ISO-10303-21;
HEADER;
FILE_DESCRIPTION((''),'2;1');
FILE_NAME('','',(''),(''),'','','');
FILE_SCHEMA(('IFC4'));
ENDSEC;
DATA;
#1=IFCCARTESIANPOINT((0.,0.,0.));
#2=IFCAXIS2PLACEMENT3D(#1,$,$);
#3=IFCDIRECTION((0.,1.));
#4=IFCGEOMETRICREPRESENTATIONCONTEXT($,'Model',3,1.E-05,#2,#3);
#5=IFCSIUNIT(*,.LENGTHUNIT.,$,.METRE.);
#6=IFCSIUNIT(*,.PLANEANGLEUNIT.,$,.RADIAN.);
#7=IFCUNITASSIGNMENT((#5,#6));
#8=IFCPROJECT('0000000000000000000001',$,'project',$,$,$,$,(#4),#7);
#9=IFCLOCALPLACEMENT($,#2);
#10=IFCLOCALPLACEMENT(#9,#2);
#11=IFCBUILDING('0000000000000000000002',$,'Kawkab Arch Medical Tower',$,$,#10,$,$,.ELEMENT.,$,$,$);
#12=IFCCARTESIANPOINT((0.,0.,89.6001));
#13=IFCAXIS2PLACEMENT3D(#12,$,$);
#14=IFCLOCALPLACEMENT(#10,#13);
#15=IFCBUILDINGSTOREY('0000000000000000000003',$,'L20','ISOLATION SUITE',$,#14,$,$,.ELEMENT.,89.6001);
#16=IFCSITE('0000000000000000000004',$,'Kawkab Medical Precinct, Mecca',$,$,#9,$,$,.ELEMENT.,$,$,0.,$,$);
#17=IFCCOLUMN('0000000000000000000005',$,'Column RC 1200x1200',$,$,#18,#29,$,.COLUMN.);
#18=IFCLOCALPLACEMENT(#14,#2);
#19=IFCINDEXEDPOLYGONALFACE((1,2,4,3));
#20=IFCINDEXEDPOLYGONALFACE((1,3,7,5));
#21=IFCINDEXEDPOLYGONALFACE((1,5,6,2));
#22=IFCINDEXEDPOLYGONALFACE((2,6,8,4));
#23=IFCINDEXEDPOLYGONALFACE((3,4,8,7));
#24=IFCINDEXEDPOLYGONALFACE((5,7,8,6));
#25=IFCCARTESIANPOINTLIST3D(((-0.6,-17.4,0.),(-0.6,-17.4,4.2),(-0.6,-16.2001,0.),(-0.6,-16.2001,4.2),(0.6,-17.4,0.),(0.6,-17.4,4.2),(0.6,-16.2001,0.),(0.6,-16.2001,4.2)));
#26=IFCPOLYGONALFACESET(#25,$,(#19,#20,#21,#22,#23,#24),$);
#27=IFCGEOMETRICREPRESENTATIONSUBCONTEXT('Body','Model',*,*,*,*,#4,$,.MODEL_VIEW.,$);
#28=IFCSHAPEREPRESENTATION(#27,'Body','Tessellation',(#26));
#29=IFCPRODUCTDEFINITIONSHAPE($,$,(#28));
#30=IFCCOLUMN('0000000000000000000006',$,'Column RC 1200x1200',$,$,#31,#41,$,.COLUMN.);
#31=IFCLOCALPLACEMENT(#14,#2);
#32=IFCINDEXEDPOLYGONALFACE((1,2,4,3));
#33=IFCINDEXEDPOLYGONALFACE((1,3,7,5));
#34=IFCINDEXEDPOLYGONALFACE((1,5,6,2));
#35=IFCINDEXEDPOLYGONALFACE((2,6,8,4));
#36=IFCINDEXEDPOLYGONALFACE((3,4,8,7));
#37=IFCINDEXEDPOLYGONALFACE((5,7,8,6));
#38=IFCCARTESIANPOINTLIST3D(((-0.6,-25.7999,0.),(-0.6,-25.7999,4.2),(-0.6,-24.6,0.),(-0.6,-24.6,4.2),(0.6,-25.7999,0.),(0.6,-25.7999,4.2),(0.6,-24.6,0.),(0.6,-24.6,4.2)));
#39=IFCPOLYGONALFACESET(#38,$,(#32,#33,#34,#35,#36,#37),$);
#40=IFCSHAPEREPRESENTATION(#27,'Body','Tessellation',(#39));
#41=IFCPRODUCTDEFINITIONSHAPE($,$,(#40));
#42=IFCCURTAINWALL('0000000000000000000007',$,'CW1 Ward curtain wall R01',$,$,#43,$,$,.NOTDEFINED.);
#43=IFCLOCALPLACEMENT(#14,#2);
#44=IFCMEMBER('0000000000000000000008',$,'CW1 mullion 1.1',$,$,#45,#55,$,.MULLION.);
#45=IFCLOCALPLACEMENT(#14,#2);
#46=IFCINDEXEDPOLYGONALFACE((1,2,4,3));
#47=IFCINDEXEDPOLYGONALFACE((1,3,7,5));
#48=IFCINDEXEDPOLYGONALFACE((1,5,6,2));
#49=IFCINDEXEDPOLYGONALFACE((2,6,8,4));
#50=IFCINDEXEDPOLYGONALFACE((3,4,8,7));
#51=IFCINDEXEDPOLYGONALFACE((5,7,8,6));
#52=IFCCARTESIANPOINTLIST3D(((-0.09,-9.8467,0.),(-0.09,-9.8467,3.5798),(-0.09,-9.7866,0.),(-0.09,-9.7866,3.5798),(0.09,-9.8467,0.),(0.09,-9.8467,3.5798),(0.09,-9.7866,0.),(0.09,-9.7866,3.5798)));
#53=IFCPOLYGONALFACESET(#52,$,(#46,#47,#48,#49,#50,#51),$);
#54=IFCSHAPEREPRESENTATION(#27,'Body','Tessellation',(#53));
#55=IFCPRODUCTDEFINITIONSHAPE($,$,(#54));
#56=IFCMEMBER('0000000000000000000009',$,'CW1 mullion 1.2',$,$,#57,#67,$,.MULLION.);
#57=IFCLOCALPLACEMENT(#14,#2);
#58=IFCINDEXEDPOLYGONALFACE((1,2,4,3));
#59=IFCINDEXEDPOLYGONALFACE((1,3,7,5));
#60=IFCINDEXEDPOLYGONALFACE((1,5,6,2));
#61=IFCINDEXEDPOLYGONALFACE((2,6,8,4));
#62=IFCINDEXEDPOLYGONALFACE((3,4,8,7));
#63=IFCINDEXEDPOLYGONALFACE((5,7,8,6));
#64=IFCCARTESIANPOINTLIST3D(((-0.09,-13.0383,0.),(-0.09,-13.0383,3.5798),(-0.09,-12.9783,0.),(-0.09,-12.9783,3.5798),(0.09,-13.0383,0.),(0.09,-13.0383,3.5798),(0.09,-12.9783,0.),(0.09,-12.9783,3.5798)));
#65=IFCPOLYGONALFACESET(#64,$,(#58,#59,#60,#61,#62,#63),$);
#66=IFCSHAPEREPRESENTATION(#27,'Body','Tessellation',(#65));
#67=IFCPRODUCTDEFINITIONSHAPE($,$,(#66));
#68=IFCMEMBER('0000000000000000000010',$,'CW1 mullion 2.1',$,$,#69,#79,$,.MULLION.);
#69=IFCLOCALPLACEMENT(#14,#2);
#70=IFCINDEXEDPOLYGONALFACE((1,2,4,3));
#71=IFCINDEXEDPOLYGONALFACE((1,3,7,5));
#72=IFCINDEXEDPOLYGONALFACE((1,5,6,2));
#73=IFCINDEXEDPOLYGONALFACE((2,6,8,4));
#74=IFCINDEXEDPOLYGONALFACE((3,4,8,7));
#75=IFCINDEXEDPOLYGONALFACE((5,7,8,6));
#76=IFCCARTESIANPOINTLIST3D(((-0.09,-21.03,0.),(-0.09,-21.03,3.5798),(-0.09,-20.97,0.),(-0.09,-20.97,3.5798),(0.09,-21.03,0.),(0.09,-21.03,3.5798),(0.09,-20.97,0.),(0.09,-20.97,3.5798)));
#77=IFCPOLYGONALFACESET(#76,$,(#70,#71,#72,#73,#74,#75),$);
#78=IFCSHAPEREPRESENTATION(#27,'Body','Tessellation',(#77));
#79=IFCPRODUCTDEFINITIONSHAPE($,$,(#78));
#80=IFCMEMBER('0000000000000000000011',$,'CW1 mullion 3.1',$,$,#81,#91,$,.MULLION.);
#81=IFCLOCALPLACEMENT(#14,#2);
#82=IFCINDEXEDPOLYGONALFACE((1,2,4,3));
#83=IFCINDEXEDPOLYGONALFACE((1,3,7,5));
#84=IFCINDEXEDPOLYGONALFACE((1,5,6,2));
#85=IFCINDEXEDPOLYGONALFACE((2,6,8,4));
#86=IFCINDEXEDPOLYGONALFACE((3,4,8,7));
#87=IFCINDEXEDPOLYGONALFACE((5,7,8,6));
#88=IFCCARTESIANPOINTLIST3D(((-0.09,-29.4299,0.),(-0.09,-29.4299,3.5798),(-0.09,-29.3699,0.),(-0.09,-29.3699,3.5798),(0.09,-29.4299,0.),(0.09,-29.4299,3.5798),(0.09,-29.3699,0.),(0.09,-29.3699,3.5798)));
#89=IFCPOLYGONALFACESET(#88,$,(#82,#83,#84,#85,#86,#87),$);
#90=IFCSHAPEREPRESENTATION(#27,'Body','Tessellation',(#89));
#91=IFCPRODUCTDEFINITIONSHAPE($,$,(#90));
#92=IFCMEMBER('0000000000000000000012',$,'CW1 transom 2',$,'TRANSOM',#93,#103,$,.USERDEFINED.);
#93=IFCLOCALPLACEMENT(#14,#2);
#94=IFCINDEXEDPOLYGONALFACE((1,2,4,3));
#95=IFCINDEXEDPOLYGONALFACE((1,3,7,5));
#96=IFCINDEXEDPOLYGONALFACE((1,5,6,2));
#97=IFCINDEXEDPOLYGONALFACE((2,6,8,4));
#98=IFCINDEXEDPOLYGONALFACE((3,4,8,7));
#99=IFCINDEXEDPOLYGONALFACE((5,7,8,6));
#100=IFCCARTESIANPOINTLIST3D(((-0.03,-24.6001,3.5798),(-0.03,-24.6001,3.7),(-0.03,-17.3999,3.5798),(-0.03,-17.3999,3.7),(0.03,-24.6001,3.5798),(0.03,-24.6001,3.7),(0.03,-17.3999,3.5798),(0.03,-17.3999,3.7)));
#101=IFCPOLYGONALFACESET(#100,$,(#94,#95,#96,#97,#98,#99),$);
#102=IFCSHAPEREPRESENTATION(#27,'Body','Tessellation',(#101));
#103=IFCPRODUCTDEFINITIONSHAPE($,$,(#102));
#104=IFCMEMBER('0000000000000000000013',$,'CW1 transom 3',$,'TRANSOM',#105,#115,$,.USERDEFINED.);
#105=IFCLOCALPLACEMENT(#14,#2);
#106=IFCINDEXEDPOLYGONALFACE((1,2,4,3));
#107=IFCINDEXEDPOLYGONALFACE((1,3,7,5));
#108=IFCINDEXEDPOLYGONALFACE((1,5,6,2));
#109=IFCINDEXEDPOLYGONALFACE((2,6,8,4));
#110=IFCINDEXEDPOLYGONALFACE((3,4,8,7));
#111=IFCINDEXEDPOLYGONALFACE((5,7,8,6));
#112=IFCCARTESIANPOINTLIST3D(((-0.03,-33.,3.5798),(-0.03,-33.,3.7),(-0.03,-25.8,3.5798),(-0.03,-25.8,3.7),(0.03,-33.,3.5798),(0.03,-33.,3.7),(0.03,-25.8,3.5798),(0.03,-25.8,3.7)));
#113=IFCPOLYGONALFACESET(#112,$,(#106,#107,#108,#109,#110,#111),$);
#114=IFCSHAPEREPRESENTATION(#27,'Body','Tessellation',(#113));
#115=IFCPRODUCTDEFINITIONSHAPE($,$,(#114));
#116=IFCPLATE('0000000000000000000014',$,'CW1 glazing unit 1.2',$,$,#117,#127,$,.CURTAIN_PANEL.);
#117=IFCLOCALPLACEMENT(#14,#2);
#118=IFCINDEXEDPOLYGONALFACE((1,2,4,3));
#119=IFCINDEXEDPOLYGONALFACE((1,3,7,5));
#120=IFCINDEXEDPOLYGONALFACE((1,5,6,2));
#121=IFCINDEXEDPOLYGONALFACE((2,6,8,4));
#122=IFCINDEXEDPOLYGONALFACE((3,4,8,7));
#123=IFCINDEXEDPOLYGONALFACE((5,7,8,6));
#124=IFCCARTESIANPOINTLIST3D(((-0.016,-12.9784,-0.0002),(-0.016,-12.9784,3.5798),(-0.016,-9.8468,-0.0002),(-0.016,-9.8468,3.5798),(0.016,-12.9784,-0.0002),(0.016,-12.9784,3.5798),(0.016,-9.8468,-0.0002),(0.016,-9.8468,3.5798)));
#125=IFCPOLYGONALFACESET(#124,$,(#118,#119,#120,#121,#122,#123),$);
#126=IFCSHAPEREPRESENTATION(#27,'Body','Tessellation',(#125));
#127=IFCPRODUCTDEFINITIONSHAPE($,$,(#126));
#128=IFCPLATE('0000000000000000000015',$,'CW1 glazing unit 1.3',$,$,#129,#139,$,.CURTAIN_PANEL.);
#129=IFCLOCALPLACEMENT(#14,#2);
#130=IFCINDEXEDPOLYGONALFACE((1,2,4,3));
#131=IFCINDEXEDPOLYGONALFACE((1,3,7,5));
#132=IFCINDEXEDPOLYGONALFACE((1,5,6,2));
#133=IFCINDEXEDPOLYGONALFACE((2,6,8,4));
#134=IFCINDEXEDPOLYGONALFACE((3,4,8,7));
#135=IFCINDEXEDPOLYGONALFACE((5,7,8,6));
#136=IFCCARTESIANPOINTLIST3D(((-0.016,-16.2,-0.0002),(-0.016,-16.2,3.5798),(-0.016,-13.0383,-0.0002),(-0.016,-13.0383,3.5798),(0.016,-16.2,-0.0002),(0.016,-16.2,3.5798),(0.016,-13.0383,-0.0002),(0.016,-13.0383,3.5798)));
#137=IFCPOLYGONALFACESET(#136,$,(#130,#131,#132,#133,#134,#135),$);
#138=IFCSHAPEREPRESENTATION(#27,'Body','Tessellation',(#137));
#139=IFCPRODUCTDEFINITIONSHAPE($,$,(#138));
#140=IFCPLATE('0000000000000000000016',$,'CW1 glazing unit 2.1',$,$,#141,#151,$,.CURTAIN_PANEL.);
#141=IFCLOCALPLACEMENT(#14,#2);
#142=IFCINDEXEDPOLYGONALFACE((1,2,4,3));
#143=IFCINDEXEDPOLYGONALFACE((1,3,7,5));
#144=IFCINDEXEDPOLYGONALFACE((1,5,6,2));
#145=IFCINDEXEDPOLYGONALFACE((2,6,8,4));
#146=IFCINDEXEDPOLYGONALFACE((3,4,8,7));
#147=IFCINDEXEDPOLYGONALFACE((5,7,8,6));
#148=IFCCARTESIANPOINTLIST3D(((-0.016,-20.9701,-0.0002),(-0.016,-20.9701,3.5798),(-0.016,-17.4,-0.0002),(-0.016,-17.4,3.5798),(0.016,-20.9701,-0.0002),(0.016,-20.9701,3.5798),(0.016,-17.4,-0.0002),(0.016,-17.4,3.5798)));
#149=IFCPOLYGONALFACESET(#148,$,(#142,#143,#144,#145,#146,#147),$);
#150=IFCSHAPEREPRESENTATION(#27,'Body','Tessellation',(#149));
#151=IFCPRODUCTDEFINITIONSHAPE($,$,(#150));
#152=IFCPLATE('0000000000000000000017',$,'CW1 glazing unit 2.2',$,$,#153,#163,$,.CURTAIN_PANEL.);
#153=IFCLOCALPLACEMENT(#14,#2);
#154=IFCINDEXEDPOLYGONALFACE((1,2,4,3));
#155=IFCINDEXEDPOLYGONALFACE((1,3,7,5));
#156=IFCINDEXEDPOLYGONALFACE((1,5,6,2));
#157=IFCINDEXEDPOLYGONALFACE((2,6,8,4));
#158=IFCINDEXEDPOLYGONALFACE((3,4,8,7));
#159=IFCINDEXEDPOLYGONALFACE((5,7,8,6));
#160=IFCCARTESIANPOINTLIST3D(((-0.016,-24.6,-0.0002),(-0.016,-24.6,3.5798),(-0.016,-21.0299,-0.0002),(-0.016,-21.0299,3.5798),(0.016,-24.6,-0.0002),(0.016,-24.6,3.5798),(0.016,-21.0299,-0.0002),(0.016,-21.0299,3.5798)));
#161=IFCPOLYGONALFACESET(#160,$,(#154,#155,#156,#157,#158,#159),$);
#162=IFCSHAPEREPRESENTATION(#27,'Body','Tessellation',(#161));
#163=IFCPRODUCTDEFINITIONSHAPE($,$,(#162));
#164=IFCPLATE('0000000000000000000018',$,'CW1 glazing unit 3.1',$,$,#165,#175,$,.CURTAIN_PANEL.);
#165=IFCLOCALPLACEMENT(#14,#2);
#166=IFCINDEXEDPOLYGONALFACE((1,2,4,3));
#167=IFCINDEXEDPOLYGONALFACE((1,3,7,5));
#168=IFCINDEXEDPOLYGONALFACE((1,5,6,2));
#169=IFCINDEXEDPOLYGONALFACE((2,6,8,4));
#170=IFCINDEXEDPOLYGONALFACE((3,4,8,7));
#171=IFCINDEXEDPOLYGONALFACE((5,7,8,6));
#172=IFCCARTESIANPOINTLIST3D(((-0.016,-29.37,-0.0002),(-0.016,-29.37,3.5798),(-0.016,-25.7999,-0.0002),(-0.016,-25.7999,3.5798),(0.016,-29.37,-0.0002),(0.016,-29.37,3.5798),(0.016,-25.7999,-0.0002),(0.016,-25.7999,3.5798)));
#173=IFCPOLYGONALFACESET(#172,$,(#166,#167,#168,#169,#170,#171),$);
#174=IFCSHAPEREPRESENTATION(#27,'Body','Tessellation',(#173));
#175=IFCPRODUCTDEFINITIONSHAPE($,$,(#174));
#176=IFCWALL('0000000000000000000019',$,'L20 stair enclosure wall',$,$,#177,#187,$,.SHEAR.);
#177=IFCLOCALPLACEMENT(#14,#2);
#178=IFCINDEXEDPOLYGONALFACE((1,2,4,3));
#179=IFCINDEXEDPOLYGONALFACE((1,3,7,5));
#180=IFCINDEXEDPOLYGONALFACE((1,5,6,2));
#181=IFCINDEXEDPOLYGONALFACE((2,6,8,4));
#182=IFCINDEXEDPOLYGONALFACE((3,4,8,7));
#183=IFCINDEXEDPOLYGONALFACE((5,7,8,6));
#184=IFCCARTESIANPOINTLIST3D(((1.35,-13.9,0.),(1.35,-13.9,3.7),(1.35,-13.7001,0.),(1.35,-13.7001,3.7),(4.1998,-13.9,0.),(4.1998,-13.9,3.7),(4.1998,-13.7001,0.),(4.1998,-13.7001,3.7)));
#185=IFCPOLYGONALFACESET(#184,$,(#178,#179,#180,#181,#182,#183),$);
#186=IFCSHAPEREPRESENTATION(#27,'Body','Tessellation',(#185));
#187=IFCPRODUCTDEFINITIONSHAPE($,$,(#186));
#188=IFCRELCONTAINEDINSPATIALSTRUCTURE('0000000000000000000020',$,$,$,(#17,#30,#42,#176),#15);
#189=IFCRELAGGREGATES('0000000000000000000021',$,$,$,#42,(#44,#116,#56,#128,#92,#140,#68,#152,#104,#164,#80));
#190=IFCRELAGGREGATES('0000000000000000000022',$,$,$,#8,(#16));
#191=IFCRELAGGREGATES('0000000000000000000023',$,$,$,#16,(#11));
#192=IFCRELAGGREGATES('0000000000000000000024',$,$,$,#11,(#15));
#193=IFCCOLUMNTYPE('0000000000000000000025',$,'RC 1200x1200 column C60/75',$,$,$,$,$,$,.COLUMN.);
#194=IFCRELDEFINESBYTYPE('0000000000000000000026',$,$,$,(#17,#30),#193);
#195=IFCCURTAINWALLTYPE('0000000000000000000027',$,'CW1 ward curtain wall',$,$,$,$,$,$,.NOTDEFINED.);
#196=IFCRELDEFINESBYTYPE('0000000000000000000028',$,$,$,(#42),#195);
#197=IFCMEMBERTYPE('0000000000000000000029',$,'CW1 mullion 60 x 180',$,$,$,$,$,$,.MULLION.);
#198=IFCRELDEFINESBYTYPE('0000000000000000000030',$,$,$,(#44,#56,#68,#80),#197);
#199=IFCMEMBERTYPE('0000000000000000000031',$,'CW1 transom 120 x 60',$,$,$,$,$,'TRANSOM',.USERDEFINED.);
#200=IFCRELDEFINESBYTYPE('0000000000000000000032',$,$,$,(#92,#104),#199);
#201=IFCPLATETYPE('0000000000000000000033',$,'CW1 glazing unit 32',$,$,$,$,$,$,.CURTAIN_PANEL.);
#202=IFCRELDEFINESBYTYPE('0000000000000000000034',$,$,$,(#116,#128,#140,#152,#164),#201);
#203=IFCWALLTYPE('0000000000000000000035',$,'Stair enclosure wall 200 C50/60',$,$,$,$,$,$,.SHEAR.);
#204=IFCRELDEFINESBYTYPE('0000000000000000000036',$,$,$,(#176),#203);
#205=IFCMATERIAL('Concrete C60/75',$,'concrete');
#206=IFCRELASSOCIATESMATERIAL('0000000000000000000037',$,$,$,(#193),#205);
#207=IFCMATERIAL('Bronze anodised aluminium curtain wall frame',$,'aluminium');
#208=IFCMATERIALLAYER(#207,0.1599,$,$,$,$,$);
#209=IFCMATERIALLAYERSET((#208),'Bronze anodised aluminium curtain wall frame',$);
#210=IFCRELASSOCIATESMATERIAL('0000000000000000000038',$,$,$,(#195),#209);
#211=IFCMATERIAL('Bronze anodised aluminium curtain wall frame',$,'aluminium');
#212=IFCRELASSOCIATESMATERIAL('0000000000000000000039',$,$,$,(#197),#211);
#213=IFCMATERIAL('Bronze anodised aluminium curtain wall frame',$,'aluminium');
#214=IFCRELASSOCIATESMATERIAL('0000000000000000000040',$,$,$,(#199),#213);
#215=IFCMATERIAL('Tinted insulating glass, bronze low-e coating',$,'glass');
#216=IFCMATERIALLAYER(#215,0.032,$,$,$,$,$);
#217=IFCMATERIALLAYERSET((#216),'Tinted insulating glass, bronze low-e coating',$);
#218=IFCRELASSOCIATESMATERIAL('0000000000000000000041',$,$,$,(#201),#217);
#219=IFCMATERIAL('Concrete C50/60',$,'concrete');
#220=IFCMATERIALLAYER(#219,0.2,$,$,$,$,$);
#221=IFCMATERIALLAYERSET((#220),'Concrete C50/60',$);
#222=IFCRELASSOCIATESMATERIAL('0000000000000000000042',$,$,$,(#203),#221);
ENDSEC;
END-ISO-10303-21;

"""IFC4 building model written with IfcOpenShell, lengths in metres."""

from ifc_helpers import new_model, si_unit, direction, frame, frame_2d, origin, origin_2d, place, context, subcontext, project, spatial, rectangle, extrude, material, layer, layer_set, material_profile, profile_set, type_object, element, aggregate, save


model = new_model("IFC4")

# Units and contexts
model_context = context("Model", 3, precision=1e-05, world=origin(), true_north=direction((0.0, 1.0)))
body_context = subcontext(model_context, "Body", "Model", "MODEL_VIEW")
ifc_project = project(units=[si_unit("LENGTHUNIT", "METRE"), si_unit("PLANEANGLEUNIT", "RADIAN")], contexts=[model_context])

# Site, building, storey
site_placement = place(None, origin())
site = spatial("IfcSite", under=ifc_project, at=site_placement, Name="Kawkab Medical Precinct, Mecca", CompositionType="ELEMENT", RefElevation=0.0)
building_placement = place(site_placement, origin())
building = spatial("IfcBuilding", under=site, at=building_placement, Name="Kawkab Arch Medical Tower", CompositionType="ELEMENT")
storey_placement = place(building_placement, frame((0.0, 0.0, 89.6001)))
storey = spatial("IfcBuildingStorey", under=building, at=storey_placement, Name="L20", Description="ISOLATION SUITE", CompositionType="ELEMENT", Elevation=89.6001)

# Columns
ifc_material_1 = material(Name="Concrete C60/75", Category="concrete")
ifc_material_profile_1 = material_profile(ifc_material_1, rectangle(XDim=1.2, YDim=1.2, at=origin_2d()), Name="RC 1200x1200")
ifc_profile_set_1 = profile_set([ifc_material_profile_1], Name="Concrete C60/75")
column_type = type_object("IfcColumnType", Name="RC 1200x1200 column C60/75", PredefinedType="COLUMN", material=ifc_profile_set_1)
for number, where, z_axis, x_axis, name in (
    (1, (0.0, -16.8, 0.0), (0.0, 0.0, 1.0), (1.0, 0.0, 0.0), "Column RC 1200x1200"),
    (2, (0.0, -25.2, 0.0), (0.0, 0.0, 1.0), (1.0, 0.0, 0.0), "Column RC 1200x1200"),
):
    element("IfcColumn", number, at=place(storey_placement, frame(where, z_axis=z_axis, x_axis=x_axis)), inside=storey, type_object=column_type, Name=name, PredefinedType="COLUMN", context=body_context, shape_type="SweptSolid", body=[
        extrude(rectangle(XDim=1.2, YDim=1.2, at=origin_2d()), origin(), (0.0, 0.0, 1.0), 4.2),
    ])

# Curtain wall, members, plates
ifc_material_2 = material(Name="Bronze anodised aluminium curtain wall frame", Category="aluminium")
ifc_layer_1 = layer(ifc_material_2, 0.1599)
ifc_layer_set_1 = layer_set([ifc_layer_1], Name="Bronze anodised aluminium curtain wall frame")
curtain_wall_type = type_object("IfcCurtainWallType", Name="CW1 ward curtain wall", PredefinedType="NOTDEFINED", material=ifc_layer_set_1)
placement = place(storey_placement, origin())
curtain_wall = element("IfcCurtainWall", 3, at=placement, inside=storey, type_object=curtain_wall_type, Name="CW1 Ward curtain wall R01", PredefinedType="NOTDEFINED")
ifc_material_3 = material(Name="Bronze anodised aluminium curtain wall frame", Category="aluminium")
ifc_material_profile_2 = material_profile(ifc_material_3, rectangle(XDim=0.1799, YDim=0.0601, at=origin_2d()), Name="AL 60x180")
ifc_profile_set_2 = profile_set([ifc_material_profile_2], Name="Bronze anodised aluminium curtain wall frame")
member_type_1 = type_object("IfcMemberType", Name="CW1 mullion 60 x 180", PredefinedType="MULLION", material=ifc_profile_set_2)
member_1_placement = place(storey_placement, frame((0.0, -9.8167, 0.0), z_axis=(0.0, 0.0, 1.0), x_axis=(1.0, 0.0, 0.0)))
member_1 = element("IfcMember", 4, at=member_1_placement, type_object=member_type_1, Name="CW1 mullion 1.1", PredefinedType="MULLION", context=body_context, shape_type="SweptSolid", body=[
    extrude(rectangle(XDim=0.1799, YDim=0.0601, at=origin_2d()), origin(), (0.0, 0.0, 1.0), 3.5798),
])
member_2_placement = place(storey_placement, frame((0.0, -13.0083, 0.0), z_axis=(0.0, 0.0, 1.0), x_axis=(1.0, 0.0, 0.0)))
member_2 = element("IfcMember", 5, at=member_2_placement, type_object=member_type_1, Name="CW1 mullion 1.2", PredefinedType="MULLION", context=body_context, shape_type="SweptSolid", body=[
    extrude(rectangle(XDim=0.1799, YDim=0.0601, at=origin_2d()), origin(), (0.0, 0.0, 1.0), 3.5798),
])
member_3_placement = place(storey_placement, frame((0.0, -21.0, 0.0), z_axis=(0.0, 0.0, 1.0), x_axis=(1.0, 0.0, 0.0)))
member_3 = element("IfcMember", 6, at=member_3_placement, type_object=member_type_1, Name="CW1 mullion 2.1", PredefinedType="MULLION", context=body_context, shape_type="SweptSolid", body=[
    extrude(rectangle(XDim=0.1799, YDim=0.0601, at=origin_2d()), origin(), (0.0, 0.0, 1.0), 3.5798),
])
member_4_placement = place(storey_placement, frame((0.0, -29.3999, 0.0), z_axis=(0.0, 0.0, 1.0), x_axis=(1.0, 0.0, 0.0)))
member_4 = element("IfcMember", 7, at=member_4_placement, type_object=member_type_1, Name="CW1 mullion 3.1", PredefinedType="MULLION", context=body_context, shape_type="SweptSolid", body=[
    extrude(rectangle(XDim=0.1799, YDim=0.0601, at=origin_2d()), origin(), (0.0, 0.0, 1.0), 3.5798),
])
ifc_material_4 = material(Name="Bronze anodised aluminium curtain wall frame", Category="aluminium")
ifc_material_profile_3 = material_profile(ifc_material_4, rectangle(XDim=0.0601, YDim=0.1201, at=origin_2d()), Name="AL 60x120")
ifc_profile_set_3 = profile_set([ifc_material_profile_3], Name="Bronze anodised aluminium curtain wall frame")
member_type_2 = type_object("IfcMemberType", Name="CW1 transom 120 x 60", ElementType="TRANSOM", PredefinedType="USERDEFINED", material=ifc_profile_set_3)
member_5_placement = place(storey_placement, frame((0.0, -17.3999, 3.6399), z_axis=(0.0, -1.0, 0.0), x_axis=(1.0, 0.0, 0.0)))
member_5 = element("IfcMember", 8, at=member_5_placement, type_object=member_type_2, Name="CW1 transom 2", ObjectType="TRANSOM", PredefinedType="USERDEFINED", context=body_context, shape_type="SweptSolid", body=[
    extrude(rectangle(XDim=0.0601, YDim=0.1201, at=origin_2d()), origin(), (0.0, 0.0, 1.0), 7.2002),
])
member_6_placement = place(storey_placement, frame((0.0, -25.8, 3.6399), z_axis=(0.0, -1.0, 0.0), x_axis=(1.0, 0.0, 0.0)))
member_6 = element("IfcMember", 9, at=member_6_placement, type_object=member_type_2, Name="CW1 transom 3", ObjectType="TRANSOM", PredefinedType="USERDEFINED", context=body_context, shape_type="SweptSolid", body=[
    extrude(rectangle(XDim=0.0601, YDim=0.1201, at=origin_2d()), origin(), (0.0, 0.0, 1.0), 7.2),
])
ifc_material_5 = material(Name="Tinted insulating glass, bronze low-e coating", Category="glass")
ifc_layer_2 = layer(ifc_material_5, 0.032)
ifc_layer_set_2 = layer_set([ifc_layer_2], Name="Tinted insulating glass, bronze low-e coating")
plate_type = type_object("IfcPlateType", Name="CW1 glazing unit 32", PredefinedType="CURTAIN_PANEL", material=ifc_layer_set_2)
plate_1_placement = place(storey_placement, frame((0.0, -11.4126, -0.0002), z_axis=(0.0, 0.0, 1.0), x_axis=(0.0, -1.0, 0.0)))
plate_1 = element("IfcPlate", 10, at=plate_1_placement, type_object=plate_type, Name="CW1 glazing unit 1.2", PredefinedType="CURTAIN_PANEL", context=body_context, shape_type="SweptSolid", body=[
    extrude(rectangle(XDim=3.1316, YDim=0.032, at=origin_2d()), origin(), (0.0, 0.0, 1.0), 3.5801),
])
plate_2_placement = place(storey_placement, frame((0.0, -14.6191, -0.0002), z_axis=(0.0, 0.0, 1.0), x_axis=(0.0, -1.0, 0.0)))
plate_2 = element("IfcPlate", 11, at=plate_2_placement, type_object=plate_type, Name="CW1 glazing unit 1.3", PredefinedType="CURTAIN_PANEL", context=body_context, shape_type="SweptSolid", body=[
    extrude(rectangle(XDim=3.1616, YDim=0.032, at=origin_2d()), origin(), (0.0, 0.0, 1.0), 3.5801),
])
plate_3_placement = place(storey_placement, frame((0.0, -19.1851, -0.0002), z_axis=(0.0, 0.0, 1.0), x_axis=(0.0, -1.0, 0.0)))
plate_3 = element("IfcPlate", 12, at=plate_3_placement, type_object=plate_type, Name="CW1 glazing unit 2.1", PredefinedType="CURTAIN_PANEL", context=body_context, shape_type="SweptSolid", body=[
    extrude(rectangle(XDim=3.5701, YDim=0.032, at=origin_2d()), origin(), (0.0, 0.0, 1.0), 3.5801),
])
plate_4_placement = place(storey_placement, frame((0.0, -22.8149, -0.0002), z_axis=(0.0, 0.0, 1.0), x_axis=(0.0, -1.0, 0.0)))
plate_4 = element("IfcPlate", 13, at=plate_4_placement, type_object=plate_type, Name="CW1 glazing unit 2.2", PredefinedType="CURTAIN_PANEL", context=body_context, shape_type="SweptSolid", body=[
    extrude(rectangle(XDim=3.5701, YDim=0.032, at=origin_2d()), origin(), (0.0, 0.0, 1.0), 3.5801),
])
plate_5_placement = place(storey_placement, frame((0.0, -27.585, -0.0002), z_axis=(0.0, 0.0, 1.0), x_axis=(0.0, -1.0, 0.0)))
plate_5 = element("IfcPlate", 14, at=plate_5_placement, type_object=plate_type, Name="CW1 glazing unit 3.1", PredefinedType="CURTAIN_PANEL", context=body_context, shape_type="SweptSolid", body=[
    extrude(rectangle(XDim=3.5701, YDim=0.032, at=origin_2d()), origin(), (0.0, 0.0, 1.0), 3.5801),
])
aggregate(curtain_wall, [member_1, plate_1, member_2, plate_2, member_5, plate_3, member_3, plate_4, member_6, plate_5, member_4])

# Wall
ifc_material_6 = material(Name="Concrete C50/60", Category="concrete")
ifc_layer_3 = layer(ifc_material_6, 0.2)
ifc_layer_set_3 = layer_set([ifc_layer_3], Name="Concrete C50/60")
wall_type_1 = type_object("IfcWallType", Name="Stair enclosure wall 200 C50/60", PredefinedType="SHEAR", material=ifc_layer_set_3)
for number, where, z_axis, x_axis, name in (
    (15, (1.3501, -13.8, 0.0), (0.0, 0.0, 1.0), (1.0, 0.0, 0.0), "L20 stair enclosure wall"),
):
    element("IfcWall", number, at=place(storey_placement, frame(where, z_axis=z_axis, x_axis=x_axis)), inside=storey, type_object=wall_type_1, Name=name, PredefinedType="SHEAR", context=body_context, shape_type="SweptSolid", body=[
        extrude(rectangle(XDim=2.8499, YDim=0.2, at=frame_2d((1.4248, 0.0))), origin(), (0.0, 0.0, 1.0), 3.7),
    ])

save(model, "model.ifc")
